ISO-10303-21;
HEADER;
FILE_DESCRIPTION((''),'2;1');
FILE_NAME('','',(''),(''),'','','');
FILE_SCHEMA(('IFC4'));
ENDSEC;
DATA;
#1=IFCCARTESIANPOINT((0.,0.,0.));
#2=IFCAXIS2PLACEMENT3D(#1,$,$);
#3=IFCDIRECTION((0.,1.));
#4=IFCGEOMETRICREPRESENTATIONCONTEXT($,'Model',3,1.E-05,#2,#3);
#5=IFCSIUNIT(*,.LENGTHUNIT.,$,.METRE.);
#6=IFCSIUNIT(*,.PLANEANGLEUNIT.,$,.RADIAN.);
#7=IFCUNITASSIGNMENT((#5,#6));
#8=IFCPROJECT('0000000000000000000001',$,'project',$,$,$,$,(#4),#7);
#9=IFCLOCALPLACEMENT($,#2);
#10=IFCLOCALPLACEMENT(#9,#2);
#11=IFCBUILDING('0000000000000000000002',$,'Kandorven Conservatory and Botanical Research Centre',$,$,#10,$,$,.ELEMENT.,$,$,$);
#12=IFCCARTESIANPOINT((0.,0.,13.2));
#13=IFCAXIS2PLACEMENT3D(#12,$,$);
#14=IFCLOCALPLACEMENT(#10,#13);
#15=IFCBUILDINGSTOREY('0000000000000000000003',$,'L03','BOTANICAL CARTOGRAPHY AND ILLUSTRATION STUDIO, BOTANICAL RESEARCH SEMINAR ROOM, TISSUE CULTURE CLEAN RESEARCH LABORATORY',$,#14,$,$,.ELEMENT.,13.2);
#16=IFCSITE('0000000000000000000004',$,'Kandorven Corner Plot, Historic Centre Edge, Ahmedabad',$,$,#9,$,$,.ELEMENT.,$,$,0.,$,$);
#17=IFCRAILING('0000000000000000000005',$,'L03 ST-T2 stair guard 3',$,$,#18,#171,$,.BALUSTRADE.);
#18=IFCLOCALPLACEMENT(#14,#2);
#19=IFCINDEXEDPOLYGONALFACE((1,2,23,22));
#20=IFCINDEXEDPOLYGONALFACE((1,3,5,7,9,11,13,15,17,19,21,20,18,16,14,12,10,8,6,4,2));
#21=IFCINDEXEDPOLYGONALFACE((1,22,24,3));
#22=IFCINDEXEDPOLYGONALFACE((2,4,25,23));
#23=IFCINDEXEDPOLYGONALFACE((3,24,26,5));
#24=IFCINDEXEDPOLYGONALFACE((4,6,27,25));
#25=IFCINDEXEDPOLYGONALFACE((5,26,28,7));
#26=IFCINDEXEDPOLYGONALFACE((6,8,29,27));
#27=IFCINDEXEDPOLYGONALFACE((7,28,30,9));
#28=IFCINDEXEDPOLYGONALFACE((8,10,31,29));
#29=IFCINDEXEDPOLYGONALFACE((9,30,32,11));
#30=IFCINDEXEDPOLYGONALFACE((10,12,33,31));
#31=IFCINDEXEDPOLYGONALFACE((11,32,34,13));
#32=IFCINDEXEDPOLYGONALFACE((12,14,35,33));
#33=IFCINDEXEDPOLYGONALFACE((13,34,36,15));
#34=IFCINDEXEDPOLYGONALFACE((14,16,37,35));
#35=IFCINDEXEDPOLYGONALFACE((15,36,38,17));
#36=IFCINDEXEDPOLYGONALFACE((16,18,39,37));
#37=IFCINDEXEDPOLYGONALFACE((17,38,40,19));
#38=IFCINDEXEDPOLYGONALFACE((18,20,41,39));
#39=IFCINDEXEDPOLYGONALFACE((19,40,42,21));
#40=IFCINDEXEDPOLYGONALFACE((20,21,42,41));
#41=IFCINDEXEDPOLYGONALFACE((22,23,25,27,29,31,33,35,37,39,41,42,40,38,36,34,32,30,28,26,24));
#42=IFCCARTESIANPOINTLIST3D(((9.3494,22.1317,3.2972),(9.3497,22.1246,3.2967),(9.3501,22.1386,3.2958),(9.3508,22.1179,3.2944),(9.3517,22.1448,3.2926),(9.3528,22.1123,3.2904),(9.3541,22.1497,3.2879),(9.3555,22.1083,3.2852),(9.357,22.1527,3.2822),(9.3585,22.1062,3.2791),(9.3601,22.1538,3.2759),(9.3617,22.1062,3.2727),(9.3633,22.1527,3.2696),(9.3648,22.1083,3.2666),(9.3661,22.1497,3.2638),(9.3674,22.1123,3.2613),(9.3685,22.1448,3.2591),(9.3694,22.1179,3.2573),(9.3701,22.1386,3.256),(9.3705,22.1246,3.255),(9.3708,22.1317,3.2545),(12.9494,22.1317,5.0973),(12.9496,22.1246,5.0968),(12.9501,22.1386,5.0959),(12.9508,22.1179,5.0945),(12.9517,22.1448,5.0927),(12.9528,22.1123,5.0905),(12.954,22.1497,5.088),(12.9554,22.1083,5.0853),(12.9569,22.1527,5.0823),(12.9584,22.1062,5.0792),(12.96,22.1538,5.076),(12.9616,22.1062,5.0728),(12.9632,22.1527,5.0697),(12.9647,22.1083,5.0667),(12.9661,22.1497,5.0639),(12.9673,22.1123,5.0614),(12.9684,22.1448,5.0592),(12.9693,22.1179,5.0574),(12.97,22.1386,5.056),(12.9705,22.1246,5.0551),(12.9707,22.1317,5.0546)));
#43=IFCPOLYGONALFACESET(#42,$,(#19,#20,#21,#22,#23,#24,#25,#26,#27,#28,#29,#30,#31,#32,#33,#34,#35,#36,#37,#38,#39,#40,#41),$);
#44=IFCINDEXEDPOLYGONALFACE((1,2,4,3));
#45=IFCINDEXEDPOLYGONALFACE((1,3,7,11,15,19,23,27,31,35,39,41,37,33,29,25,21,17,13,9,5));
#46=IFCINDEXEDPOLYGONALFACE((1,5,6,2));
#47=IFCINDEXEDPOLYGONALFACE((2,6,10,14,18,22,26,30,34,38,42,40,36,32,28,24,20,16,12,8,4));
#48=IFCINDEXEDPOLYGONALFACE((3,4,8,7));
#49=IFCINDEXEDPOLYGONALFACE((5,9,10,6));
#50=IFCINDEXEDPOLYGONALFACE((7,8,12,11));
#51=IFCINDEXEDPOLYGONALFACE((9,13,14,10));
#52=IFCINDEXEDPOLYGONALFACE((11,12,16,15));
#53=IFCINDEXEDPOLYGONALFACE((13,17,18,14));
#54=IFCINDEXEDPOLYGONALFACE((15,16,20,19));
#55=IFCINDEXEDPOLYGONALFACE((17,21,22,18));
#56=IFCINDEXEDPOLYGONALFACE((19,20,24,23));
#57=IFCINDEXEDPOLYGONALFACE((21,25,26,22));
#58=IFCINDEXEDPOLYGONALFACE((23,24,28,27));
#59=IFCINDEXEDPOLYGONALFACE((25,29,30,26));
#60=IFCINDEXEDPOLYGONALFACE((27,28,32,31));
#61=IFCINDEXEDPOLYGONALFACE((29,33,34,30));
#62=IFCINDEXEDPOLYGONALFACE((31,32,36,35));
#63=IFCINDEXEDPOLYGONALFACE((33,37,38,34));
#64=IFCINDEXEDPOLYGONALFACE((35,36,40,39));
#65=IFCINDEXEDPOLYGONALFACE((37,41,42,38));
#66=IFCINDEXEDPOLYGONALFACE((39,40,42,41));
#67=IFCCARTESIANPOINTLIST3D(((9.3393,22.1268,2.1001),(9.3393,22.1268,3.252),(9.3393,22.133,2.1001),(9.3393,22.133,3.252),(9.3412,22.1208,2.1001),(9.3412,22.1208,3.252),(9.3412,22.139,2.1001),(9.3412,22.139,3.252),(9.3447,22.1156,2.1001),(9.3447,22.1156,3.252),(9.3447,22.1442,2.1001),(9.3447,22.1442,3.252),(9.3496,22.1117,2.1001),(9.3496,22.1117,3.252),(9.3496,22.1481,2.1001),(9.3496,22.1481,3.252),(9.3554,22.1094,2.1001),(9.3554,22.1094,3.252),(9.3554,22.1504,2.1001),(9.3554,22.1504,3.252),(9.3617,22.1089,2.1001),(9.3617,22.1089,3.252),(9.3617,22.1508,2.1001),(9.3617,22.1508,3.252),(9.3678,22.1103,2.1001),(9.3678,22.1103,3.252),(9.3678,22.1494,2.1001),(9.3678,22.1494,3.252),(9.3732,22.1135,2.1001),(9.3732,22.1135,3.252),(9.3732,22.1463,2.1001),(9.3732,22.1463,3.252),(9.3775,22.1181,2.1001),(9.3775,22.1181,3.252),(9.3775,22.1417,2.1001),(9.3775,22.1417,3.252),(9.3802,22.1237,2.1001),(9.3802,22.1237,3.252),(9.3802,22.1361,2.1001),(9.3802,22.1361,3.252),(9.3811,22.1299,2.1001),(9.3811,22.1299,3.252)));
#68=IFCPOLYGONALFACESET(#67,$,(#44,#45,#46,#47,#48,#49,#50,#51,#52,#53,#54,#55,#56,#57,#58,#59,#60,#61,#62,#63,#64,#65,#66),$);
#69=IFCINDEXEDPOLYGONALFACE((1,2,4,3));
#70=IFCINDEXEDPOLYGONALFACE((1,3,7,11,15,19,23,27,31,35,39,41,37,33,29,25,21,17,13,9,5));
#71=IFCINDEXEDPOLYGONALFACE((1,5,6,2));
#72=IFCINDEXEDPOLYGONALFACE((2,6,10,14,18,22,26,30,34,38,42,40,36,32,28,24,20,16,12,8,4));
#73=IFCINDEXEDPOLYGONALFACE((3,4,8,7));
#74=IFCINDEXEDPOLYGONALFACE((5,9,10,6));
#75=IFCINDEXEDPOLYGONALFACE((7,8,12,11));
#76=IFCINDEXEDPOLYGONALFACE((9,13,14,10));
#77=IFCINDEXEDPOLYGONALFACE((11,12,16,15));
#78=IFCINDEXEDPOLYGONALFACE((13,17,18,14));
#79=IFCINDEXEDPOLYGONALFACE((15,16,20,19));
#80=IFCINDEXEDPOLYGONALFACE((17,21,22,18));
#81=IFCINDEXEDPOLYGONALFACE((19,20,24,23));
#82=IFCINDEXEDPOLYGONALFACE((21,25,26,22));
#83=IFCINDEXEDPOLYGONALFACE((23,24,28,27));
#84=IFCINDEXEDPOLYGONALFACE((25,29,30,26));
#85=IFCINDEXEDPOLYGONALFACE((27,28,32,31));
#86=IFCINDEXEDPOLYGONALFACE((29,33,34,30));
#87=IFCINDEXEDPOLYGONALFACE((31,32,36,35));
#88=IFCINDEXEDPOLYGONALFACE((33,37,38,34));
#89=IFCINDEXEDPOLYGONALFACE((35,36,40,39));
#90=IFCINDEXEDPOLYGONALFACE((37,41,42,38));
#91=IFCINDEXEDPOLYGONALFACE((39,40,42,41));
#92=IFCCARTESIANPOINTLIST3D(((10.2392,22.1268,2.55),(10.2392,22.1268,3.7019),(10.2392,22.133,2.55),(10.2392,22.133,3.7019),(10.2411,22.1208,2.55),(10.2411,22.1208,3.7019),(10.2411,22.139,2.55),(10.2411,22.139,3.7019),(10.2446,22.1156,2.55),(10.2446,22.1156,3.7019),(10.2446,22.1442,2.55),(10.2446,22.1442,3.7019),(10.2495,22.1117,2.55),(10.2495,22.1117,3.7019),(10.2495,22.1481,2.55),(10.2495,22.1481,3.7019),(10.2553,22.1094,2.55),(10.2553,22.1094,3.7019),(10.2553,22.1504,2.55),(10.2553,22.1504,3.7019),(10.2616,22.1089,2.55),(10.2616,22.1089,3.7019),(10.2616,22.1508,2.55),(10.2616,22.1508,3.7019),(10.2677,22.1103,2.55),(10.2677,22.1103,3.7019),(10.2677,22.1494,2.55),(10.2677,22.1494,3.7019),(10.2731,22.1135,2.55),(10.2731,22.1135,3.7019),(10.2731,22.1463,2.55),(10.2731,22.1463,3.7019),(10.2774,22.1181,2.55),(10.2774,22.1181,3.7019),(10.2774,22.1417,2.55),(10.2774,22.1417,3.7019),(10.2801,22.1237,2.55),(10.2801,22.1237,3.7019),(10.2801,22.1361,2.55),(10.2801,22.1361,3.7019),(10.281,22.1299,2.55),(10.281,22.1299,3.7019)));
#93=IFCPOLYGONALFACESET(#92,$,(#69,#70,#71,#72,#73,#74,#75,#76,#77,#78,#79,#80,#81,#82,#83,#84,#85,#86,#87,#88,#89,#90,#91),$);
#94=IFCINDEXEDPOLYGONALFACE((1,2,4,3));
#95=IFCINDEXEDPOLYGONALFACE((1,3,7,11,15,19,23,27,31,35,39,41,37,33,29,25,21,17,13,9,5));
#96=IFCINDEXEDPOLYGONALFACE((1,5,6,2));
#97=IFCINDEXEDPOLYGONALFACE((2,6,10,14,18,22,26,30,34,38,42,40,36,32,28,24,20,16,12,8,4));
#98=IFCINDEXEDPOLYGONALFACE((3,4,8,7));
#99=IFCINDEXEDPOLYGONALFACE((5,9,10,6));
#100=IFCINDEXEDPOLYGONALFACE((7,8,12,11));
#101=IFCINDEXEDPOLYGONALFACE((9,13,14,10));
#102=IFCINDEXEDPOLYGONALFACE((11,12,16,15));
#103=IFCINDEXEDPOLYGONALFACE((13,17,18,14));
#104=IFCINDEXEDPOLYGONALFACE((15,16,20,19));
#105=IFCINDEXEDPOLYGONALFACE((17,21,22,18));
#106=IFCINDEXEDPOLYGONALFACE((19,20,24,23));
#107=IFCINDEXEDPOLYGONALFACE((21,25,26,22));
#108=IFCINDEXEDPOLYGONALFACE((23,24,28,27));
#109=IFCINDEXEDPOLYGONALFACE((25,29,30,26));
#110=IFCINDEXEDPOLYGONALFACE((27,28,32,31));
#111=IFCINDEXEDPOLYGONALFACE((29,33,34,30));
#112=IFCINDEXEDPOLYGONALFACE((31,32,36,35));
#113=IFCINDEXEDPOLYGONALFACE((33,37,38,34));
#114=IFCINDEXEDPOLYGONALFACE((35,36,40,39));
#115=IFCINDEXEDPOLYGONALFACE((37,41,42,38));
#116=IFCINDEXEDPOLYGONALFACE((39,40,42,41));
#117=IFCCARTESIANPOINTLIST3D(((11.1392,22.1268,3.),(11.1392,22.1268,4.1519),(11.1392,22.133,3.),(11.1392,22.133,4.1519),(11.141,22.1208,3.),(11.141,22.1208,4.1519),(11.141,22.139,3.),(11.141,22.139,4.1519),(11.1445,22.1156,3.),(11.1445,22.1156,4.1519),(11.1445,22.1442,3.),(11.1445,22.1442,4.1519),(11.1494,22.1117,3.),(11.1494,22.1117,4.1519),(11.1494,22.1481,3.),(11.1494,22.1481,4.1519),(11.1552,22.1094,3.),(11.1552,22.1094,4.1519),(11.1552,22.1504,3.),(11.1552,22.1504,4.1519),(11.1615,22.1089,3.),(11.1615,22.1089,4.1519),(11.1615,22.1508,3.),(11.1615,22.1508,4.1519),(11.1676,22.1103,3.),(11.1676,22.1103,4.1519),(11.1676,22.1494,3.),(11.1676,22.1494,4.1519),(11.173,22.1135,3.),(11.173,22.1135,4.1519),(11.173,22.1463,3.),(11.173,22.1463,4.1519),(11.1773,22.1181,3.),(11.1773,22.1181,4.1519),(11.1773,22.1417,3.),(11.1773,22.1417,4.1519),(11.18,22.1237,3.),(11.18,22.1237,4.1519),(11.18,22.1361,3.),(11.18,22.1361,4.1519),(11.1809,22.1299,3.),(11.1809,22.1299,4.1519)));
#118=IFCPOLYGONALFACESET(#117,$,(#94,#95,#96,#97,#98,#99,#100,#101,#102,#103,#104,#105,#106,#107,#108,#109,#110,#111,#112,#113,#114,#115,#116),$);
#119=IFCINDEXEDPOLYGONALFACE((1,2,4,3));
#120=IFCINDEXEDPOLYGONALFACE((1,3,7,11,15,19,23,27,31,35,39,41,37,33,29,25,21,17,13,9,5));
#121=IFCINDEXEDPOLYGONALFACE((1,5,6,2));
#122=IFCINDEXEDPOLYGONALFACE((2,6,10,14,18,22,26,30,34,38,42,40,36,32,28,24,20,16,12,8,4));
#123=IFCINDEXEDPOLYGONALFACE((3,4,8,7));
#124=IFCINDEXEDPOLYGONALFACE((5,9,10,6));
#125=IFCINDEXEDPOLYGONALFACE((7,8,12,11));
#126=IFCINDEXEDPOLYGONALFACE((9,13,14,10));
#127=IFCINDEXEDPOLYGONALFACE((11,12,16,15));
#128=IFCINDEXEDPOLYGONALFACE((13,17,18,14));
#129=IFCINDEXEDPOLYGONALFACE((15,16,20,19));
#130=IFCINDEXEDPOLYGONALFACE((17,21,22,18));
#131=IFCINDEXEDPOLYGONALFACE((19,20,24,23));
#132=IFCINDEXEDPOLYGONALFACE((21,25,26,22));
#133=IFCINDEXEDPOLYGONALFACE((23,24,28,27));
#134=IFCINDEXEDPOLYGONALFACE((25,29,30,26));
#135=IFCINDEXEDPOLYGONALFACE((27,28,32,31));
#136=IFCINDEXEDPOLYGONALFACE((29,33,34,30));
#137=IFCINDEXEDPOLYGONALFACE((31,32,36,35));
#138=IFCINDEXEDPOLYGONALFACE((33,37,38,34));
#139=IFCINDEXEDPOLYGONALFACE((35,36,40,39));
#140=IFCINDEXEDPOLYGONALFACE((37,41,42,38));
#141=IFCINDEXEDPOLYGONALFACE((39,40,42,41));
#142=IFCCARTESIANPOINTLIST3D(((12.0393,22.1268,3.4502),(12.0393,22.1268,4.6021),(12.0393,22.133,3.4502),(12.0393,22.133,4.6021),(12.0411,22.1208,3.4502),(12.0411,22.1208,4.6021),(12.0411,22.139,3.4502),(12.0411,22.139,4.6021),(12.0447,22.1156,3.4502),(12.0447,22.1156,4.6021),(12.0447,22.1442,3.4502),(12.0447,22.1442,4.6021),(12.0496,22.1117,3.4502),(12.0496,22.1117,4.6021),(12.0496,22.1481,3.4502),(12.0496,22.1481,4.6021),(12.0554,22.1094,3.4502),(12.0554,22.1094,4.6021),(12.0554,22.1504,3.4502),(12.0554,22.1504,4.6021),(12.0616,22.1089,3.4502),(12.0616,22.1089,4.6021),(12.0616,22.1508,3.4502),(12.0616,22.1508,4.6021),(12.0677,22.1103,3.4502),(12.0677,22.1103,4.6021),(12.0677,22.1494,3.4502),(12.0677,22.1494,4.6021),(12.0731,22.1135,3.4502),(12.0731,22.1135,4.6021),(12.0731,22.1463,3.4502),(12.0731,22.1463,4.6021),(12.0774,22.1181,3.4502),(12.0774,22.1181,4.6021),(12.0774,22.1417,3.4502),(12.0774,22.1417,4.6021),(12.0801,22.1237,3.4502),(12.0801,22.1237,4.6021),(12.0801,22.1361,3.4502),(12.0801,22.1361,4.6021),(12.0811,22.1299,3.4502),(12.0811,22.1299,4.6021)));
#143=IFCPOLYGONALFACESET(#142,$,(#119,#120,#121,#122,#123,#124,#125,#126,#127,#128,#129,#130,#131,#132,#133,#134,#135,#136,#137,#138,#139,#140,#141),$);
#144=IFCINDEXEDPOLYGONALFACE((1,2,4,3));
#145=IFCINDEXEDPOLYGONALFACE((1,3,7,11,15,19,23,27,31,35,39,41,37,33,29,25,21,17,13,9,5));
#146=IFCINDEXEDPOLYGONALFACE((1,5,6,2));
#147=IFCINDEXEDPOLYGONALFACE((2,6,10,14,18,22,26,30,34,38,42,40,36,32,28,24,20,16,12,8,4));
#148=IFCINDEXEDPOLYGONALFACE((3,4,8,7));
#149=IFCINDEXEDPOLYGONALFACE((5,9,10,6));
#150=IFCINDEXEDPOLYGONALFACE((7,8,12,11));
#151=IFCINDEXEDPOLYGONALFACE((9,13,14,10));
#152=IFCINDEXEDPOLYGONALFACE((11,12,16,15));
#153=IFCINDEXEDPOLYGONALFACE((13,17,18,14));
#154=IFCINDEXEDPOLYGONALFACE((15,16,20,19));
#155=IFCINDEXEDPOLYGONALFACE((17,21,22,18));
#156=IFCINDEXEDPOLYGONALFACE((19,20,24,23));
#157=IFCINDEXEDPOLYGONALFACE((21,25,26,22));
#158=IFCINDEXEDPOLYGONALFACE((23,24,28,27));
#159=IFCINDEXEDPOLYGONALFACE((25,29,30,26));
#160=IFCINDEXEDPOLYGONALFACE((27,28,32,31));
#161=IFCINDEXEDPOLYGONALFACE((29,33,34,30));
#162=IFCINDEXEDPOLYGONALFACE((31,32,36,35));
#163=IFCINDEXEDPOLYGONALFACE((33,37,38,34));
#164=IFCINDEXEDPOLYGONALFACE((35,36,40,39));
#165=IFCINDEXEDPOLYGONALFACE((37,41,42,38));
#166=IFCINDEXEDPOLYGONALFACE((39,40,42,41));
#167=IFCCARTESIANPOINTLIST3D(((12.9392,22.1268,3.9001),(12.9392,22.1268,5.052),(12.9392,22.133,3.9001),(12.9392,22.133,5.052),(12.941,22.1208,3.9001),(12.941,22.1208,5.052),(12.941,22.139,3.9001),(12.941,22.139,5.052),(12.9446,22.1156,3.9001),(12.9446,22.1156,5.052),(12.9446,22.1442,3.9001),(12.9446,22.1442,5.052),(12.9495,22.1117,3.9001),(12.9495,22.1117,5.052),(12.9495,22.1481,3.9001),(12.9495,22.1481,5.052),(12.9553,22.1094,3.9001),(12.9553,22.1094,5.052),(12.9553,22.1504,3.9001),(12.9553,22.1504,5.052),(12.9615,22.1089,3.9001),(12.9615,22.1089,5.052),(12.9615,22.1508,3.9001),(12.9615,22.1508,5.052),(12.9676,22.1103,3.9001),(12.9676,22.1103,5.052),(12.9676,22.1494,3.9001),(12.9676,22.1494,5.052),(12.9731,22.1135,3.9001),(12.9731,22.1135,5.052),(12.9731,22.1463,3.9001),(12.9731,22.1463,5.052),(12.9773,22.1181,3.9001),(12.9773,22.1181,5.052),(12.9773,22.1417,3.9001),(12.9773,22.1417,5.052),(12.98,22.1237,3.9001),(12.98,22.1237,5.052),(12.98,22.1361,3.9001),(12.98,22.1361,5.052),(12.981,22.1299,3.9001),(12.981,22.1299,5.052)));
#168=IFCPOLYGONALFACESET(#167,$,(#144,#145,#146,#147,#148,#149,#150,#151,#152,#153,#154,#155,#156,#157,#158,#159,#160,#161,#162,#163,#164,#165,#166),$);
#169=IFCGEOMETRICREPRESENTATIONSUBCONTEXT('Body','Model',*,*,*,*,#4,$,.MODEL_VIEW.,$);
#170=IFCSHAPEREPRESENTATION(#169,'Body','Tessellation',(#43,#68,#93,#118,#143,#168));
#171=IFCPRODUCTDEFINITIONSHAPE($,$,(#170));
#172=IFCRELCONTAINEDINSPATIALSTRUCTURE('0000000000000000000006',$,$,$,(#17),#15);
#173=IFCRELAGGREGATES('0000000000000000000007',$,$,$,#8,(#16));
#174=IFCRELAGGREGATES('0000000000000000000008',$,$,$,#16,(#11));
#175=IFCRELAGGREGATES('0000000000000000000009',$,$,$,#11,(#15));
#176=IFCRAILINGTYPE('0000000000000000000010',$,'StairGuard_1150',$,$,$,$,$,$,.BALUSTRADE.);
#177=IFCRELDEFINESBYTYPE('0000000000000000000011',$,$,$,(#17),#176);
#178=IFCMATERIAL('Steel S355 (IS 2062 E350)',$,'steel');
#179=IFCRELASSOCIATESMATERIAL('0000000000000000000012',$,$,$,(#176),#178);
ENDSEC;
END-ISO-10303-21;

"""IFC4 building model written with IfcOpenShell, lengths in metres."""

from ifc_helpers import new_model, si_unit, direction, frame, origin, origin_2d, place, context, subcontext, project, spatial, circle, extrude, material, type_object, element, save


model = new_model("IFC4")

# Units and contexts
model_context = context("Model", 3, precision=1e-05, world=origin(), true_north=direction((0.0, 1.0)))
body_context = subcontext(model_context, "Body", "Model", "MODEL_VIEW")
ifc_project = project(units=[si_unit("LENGTHUNIT", "METRE"), si_unit("PLANEANGLEUNIT", "RADIAN")], contexts=[model_context])

# Site, building, storey
site_placement = place(None, origin())
site = spatial("IfcSite", under=ifc_project, at=site_placement, Name="Kandorven Corner Plot, Historic Centre Edge, Ahmedabad", CompositionType="ELEMENT", RefElevation=0.0)
building_placement = place(site_placement, origin())
building = spatial("IfcBuilding", under=site, at=building_placement, Name="Kandorven Conservatory and Botanical Research Centre", CompositionType="ELEMENT")
storey_placement = place(building_placement, frame((0.0, 0.0, 13.2)))
storey = spatial("IfcBuildingStorey", under=building, at=storey_placement, Name="L03", Description="BOTANICAL CARTOGRAPHY AND ILLUSTRATION STUDIO, BOTANICAL RESEARCH SEMINAR ROOM, TISSUE CULTURE CLEAN RESEARCH LABORATORY", CompositionType="ELEMENT", Elevation=13.2)

# Railing
ifc_material_1 = material(Name="Steel S355 (IS 2062 E350)", Category="steel")
railing_type_1 = type_object("IfcRailingType", Name="StairGuard_1150", PredefinedType="BALUSTRADE", material=ifc_material_1)
railing_1_placement = place(storey_placement, frame((9.3601, 22.1299, 2.1001)))
element("IfcRailing", 1, at=railing_1_placement, inside=storey, type_object=railing_type_1, Name="L03 ST-T2 stair guard 3", PredefinedType="BALUSTRADE", context=body_context, shape_type="SweptSolid", body=[
    extrude(circle(Radius=0.0239, at=origin_2d()), frame((0.0, 0.0, 1.1758), z_axis=(0.894415, 0.0, 0.447238), x_axis=(0.0, 1.0, 0.0)), (0.0, 0.0, 1.0), 4.0249),
    extrude(circle(Radius=0.021, at=origin_2d()), origin(), (0.0, 0.0, 1.0), 1.1519),
    extrude(circle(Radius=0.021, at=origin_2d()), frame((0.8999, 0.0, 0.45)), (0.0, 0.0, 1.0), 1.1519),
    extrude(circle(Radius=0.021, at=origin_2d()), frame((1.7998, 0.0, 0.8999)), (0.0, 0.0, 1.0), 1.1519),
    extrude(circle(Radius=0.021, at=origin_2d()), frame((2.7, 0.0, 1.3501)), (0.0, 0.0, 1.0), 1.1519),
    extrude(circle(Radius=0.021, at=origin_2d()), frame((3.5999, 0.0, 1.8)), (0.0, 0.0, 1.0), 1.1519),
])

save(model, "model.ifc")
